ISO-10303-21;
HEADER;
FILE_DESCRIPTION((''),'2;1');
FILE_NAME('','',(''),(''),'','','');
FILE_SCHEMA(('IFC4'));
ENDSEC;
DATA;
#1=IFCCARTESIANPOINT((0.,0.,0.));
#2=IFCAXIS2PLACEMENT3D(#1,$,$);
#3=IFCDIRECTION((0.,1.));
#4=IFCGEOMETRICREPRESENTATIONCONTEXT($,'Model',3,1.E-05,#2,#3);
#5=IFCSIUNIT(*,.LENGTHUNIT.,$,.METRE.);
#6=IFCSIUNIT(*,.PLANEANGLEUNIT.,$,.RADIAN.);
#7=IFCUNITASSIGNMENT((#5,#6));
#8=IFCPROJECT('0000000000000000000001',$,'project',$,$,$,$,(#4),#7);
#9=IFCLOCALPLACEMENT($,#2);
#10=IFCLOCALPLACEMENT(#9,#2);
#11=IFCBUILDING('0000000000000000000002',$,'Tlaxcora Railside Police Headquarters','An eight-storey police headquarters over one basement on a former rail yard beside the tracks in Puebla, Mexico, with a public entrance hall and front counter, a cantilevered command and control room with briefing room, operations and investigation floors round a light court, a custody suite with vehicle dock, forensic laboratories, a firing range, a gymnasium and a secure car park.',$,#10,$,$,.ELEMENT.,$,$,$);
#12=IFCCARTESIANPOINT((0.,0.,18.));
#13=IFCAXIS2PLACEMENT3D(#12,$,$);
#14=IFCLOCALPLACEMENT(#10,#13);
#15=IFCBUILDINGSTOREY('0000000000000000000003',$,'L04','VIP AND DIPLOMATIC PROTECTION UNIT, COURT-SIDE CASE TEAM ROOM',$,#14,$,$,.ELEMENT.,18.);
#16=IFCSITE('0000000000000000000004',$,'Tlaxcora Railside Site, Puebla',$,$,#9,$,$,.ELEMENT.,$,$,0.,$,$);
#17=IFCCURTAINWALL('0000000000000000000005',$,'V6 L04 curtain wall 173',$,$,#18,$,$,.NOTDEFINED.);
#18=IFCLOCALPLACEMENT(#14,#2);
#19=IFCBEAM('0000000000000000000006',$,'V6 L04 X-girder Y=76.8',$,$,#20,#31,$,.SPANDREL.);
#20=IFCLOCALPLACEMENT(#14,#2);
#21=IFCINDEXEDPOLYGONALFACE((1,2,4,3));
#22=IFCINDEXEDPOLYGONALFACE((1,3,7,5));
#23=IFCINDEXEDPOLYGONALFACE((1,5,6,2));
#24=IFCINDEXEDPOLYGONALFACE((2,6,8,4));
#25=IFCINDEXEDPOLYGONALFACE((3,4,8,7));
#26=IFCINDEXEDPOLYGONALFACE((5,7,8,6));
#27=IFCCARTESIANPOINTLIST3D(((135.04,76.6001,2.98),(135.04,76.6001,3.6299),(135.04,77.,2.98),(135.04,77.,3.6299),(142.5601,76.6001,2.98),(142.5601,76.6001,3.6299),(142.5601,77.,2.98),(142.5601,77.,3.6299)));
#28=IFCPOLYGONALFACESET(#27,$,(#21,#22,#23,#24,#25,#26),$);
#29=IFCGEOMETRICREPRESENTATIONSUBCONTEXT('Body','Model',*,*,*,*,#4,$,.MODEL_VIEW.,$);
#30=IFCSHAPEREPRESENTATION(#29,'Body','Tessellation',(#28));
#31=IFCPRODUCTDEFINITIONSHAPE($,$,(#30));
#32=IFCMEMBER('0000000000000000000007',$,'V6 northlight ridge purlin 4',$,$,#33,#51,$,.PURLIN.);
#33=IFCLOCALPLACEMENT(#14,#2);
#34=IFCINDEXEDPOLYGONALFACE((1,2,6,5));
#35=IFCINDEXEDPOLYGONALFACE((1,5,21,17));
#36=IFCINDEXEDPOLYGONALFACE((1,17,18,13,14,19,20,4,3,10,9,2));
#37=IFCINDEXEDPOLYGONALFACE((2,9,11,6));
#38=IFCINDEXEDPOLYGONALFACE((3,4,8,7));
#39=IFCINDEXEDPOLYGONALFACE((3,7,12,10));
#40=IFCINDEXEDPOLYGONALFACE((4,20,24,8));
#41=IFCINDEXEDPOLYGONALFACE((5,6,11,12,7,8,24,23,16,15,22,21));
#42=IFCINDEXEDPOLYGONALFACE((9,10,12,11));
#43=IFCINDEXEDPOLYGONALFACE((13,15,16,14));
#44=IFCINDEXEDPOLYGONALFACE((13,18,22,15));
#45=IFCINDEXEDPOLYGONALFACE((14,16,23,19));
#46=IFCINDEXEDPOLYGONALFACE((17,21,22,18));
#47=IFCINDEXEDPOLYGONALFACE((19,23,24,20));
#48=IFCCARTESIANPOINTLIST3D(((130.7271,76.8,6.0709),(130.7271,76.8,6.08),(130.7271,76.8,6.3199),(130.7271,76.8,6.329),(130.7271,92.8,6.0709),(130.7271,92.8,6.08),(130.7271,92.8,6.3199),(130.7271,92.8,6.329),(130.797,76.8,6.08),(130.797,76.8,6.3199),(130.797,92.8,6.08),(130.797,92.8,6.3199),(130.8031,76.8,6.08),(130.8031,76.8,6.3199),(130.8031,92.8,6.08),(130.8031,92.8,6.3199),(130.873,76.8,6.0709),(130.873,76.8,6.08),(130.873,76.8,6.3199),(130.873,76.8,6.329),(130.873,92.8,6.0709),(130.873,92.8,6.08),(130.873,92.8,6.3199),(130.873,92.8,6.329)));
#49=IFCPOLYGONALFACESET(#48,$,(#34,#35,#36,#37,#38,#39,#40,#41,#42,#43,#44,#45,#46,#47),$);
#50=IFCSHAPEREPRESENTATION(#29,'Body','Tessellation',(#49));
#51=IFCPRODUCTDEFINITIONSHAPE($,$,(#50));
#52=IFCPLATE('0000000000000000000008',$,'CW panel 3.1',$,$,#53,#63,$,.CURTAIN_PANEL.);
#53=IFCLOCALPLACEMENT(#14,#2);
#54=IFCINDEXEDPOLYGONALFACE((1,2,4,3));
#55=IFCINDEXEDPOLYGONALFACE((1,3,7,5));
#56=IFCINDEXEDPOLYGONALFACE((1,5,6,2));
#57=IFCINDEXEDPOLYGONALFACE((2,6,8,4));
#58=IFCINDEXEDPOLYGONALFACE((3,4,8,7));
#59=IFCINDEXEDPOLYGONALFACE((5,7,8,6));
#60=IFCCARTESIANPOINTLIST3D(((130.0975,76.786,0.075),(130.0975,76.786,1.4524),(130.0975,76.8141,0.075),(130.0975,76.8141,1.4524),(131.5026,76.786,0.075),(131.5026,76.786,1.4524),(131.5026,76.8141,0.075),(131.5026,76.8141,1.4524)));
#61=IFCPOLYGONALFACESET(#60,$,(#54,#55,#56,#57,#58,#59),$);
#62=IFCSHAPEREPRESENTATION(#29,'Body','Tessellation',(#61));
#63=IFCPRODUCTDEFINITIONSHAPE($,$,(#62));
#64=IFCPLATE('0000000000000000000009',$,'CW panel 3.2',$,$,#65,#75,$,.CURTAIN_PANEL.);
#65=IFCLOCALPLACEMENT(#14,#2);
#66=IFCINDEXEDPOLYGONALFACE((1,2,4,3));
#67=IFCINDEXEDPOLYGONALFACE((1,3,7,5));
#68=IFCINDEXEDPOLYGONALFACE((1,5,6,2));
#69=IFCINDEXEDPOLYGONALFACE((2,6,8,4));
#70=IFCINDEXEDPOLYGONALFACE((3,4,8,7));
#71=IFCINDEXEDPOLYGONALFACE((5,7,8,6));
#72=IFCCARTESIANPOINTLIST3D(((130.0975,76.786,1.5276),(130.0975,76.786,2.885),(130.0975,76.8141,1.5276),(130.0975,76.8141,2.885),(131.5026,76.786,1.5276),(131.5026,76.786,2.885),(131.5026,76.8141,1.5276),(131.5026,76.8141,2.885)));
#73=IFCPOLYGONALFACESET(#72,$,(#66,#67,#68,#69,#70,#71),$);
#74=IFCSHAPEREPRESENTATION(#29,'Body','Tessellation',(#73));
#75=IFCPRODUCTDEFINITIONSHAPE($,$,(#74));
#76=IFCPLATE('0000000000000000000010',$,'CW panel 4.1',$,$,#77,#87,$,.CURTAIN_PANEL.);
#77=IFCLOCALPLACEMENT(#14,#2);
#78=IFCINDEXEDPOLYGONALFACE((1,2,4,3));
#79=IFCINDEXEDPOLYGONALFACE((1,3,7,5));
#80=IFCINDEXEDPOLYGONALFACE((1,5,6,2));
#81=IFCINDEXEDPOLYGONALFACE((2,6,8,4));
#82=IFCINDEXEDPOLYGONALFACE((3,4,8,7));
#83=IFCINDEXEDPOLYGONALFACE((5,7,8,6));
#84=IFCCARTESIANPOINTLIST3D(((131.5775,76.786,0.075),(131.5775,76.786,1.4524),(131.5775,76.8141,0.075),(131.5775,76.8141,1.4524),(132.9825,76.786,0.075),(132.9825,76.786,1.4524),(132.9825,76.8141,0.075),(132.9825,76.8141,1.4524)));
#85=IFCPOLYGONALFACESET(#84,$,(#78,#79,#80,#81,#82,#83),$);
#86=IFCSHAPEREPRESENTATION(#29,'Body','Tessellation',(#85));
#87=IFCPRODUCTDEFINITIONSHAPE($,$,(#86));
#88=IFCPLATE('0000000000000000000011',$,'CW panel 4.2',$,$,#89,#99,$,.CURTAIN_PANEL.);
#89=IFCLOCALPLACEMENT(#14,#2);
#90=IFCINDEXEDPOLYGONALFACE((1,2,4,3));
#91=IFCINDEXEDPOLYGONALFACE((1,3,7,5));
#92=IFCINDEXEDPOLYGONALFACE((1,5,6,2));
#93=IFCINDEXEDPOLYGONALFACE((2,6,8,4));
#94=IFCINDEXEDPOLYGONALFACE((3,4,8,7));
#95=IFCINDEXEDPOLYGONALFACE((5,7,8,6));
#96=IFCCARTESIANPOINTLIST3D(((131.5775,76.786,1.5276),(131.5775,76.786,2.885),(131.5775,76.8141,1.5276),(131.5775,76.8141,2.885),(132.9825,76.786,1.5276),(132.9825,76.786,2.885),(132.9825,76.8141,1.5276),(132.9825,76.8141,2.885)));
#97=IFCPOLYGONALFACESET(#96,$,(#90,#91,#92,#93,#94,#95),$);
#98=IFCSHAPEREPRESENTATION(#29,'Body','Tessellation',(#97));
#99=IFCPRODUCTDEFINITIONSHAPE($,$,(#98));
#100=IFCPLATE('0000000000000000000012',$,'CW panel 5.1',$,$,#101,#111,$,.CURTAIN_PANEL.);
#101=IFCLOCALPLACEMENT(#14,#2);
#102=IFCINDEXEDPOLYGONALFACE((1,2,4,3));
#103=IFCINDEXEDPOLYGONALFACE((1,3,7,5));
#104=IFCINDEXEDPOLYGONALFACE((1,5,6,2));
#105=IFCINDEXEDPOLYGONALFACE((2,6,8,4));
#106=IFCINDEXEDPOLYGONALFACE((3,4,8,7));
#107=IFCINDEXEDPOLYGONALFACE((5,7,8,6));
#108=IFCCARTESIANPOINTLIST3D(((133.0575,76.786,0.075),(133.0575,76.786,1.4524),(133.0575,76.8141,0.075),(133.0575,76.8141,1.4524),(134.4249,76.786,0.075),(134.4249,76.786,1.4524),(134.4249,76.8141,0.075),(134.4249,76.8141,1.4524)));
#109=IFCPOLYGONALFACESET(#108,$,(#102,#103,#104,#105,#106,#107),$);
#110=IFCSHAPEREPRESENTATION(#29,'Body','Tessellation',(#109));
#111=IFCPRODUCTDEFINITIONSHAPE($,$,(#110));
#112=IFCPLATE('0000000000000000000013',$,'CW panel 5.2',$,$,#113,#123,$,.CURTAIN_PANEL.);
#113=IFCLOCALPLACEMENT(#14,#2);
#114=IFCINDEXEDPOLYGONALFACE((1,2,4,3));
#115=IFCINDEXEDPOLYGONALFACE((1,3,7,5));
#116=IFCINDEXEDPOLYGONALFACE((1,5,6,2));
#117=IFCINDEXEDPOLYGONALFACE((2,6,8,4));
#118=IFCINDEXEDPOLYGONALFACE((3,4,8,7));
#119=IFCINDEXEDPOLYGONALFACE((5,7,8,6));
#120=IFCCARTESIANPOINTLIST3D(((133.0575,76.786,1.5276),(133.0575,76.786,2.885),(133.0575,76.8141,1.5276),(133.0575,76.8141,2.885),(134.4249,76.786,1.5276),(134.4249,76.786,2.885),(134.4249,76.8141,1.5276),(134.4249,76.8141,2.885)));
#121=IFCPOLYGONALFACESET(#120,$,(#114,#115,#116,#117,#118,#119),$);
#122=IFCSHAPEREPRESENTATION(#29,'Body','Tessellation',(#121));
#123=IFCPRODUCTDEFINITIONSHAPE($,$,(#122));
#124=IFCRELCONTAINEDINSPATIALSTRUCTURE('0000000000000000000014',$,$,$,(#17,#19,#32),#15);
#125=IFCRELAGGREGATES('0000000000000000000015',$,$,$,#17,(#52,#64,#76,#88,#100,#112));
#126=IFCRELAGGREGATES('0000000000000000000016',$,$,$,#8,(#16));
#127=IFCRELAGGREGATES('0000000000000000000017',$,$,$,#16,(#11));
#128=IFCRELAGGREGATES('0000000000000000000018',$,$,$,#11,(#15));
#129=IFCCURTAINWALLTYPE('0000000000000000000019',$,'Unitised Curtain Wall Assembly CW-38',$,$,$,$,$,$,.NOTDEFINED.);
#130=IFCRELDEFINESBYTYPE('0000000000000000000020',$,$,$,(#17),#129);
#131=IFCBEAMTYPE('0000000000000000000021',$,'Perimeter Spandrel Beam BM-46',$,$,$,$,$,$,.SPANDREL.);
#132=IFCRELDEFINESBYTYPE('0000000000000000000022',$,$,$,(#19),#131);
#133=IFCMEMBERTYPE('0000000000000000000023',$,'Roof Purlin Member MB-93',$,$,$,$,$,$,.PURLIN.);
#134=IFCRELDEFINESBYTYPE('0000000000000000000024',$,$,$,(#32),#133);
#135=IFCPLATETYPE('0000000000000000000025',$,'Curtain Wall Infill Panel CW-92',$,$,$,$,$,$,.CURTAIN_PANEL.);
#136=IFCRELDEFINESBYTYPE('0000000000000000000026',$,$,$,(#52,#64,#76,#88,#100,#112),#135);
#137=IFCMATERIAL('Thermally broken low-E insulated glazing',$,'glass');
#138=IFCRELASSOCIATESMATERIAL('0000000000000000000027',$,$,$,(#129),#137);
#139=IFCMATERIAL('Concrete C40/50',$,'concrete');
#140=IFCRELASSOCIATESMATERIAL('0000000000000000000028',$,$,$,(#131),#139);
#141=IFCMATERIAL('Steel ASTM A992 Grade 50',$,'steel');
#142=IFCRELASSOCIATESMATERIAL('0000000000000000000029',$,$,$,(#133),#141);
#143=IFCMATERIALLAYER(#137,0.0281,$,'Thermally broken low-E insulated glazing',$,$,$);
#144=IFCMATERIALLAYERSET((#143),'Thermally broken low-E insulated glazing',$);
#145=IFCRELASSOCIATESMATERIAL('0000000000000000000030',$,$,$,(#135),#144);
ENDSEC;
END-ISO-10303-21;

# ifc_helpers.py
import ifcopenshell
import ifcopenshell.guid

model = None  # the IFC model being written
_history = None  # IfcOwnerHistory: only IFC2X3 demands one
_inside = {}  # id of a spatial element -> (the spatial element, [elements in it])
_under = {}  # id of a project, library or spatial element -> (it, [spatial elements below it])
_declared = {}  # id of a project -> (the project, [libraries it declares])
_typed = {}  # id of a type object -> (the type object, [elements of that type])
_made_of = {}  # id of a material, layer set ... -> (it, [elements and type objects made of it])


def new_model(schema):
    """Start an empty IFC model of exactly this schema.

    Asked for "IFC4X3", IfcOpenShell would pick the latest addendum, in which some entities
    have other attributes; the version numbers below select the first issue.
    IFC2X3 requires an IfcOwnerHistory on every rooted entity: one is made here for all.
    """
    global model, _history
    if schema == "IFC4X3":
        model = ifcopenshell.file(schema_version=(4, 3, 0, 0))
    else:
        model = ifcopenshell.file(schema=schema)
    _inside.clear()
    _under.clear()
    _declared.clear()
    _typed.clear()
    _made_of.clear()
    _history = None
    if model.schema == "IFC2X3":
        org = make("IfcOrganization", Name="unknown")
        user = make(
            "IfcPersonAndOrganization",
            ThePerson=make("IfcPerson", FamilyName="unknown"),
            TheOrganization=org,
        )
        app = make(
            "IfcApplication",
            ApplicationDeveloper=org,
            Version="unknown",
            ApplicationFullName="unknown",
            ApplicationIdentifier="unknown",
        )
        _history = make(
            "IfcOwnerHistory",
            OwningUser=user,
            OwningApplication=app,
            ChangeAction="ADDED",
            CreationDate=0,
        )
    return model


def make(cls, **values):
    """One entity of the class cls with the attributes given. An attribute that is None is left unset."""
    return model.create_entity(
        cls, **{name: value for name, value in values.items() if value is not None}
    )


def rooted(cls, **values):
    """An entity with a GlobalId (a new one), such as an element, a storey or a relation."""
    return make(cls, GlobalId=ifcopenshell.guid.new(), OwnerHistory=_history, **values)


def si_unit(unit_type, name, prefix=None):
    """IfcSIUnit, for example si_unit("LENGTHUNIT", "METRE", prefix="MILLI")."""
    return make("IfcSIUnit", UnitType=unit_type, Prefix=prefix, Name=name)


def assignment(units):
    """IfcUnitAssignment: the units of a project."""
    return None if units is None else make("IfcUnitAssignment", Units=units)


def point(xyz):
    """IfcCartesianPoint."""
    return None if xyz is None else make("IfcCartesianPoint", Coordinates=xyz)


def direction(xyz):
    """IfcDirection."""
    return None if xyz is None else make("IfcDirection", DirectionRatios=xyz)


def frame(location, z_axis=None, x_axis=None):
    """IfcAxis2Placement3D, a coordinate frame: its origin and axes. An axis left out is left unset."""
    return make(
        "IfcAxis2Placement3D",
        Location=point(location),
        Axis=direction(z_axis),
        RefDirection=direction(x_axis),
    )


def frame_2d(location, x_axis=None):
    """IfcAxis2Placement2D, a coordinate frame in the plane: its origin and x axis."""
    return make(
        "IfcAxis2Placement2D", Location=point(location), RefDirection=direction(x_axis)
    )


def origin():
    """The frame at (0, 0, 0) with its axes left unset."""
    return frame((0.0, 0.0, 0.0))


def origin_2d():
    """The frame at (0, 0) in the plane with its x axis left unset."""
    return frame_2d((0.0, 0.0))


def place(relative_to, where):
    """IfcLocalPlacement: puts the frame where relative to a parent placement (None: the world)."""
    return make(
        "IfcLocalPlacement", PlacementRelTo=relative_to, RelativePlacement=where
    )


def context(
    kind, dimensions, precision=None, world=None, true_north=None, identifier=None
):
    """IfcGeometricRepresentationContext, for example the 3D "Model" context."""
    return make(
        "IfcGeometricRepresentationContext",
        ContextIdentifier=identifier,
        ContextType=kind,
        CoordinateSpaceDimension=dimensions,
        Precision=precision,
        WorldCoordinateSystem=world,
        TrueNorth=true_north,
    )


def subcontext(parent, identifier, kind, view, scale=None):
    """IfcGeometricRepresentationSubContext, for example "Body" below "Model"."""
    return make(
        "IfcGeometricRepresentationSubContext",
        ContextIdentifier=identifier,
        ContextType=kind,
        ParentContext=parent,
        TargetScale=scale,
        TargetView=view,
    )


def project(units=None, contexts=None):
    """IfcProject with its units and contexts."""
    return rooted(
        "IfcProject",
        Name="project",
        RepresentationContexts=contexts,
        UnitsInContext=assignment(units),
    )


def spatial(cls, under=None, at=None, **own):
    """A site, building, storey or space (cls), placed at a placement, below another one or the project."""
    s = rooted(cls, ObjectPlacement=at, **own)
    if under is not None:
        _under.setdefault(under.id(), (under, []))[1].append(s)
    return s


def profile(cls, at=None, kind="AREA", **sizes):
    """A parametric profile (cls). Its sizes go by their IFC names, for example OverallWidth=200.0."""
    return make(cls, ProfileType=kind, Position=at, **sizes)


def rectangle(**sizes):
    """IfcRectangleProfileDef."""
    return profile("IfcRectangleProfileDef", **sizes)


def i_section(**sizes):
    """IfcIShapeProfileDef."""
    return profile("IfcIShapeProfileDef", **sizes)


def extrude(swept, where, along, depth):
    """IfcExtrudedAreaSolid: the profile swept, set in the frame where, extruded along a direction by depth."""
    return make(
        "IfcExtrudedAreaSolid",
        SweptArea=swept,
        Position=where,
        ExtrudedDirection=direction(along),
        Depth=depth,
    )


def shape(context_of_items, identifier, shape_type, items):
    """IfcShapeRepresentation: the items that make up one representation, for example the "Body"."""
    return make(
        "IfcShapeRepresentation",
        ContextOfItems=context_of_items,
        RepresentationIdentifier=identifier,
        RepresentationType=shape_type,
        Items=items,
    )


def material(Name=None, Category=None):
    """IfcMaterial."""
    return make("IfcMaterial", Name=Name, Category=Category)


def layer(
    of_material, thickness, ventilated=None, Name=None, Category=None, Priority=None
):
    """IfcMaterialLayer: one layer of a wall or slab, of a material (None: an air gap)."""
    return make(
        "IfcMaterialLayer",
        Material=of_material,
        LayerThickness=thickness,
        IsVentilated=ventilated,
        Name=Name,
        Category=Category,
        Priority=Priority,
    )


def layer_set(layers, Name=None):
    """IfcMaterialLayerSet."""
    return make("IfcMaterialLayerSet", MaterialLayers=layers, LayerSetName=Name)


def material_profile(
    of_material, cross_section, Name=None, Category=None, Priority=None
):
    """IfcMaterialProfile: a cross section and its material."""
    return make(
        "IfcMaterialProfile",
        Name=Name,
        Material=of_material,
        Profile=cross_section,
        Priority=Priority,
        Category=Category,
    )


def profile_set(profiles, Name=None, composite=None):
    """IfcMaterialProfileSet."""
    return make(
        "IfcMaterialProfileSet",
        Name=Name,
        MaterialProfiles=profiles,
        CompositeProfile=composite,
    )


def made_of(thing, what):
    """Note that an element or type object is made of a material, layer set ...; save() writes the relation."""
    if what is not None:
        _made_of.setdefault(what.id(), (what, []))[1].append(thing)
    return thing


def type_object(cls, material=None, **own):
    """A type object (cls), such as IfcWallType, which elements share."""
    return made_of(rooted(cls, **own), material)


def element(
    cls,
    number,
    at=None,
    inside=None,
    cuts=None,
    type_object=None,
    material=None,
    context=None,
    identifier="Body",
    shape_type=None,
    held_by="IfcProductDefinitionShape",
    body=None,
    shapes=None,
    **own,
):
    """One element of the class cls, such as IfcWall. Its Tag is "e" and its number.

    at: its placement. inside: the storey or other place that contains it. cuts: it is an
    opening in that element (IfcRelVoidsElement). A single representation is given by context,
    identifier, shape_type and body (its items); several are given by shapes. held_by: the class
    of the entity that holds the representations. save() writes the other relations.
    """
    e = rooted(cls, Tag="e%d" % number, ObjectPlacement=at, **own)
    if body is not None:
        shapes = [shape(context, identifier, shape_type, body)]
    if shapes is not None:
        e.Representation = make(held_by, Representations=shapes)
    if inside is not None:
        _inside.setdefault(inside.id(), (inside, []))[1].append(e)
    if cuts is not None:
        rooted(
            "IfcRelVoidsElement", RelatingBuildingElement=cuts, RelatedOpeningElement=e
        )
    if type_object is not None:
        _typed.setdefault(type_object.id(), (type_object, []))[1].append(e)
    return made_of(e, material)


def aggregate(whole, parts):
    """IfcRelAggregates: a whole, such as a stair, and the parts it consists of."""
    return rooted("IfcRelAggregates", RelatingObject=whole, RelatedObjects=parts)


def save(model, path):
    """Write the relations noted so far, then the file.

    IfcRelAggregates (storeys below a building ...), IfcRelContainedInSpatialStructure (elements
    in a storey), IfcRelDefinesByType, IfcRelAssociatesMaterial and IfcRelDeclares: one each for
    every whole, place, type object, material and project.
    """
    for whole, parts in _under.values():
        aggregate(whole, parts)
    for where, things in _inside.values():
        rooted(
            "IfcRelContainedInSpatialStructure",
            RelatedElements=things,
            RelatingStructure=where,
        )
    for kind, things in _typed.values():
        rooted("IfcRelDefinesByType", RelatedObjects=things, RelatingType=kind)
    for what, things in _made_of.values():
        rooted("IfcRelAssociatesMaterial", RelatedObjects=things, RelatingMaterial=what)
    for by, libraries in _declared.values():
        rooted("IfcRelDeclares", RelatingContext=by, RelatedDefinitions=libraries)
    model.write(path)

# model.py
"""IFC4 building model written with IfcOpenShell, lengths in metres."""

from ifc_helpers import new_model, si_unit, direction, frame, origin, origin_2d, place, context, subcontext, project, spatial, rectangle, i_section, extrude, material, layer, layer_set, material_profile, profile_set, type_object, element, aggregate, save


model = new_model("IFC4")

# Units and contexts
model_context = context("Model", 3, precision=1e-05, world=origin(), true_north=direction((0.0, 1.0)))
body_context = subcontext(model_context, "Body", "Model", "MODEL_VIEW")
ifc_project = project(units=[si_unit("LENGTHUNIT", "METRE"), si_unit("PLANEANGLEUNIT", "RADIAN")], contexts=[model_context])

# Site, building, storey
site_placement = place(None, origin())
site = spatial("IfcSite", under=ifc_project, at=site_placement, Name="Tlaxcora Railside Site, Puebla", CompositionType="ELEMENT", RefElevation=0.0)
building_placement = place(site_placement, origin())
building = spatial("IfcBuilding", under=site, at=building_placement, Name="Tlaxcora Railside Police Headquarters", Description="An eight-storey police headquarters over one basement on a former rail yard beside the tracks in Puebla, Mexico, with a public entrance hall and front counter, a cantilevered command and control room with briefing room, operations and investigation floors round a light court, a custody suite with vehicle dock, forensic laboratories, a firing range, a gymnasium and a secure car park.", CompositionType="ELEMENT")
storey_placement = place(building_placement, frame((0.0, 0.0, 18.0)))
storey = spatial("IfcBuildingStorey", under=building, at=storey_placement, Name="L04", Description="VIP AND DIPLOMATIC PROTECTION UNIT, COURT-SIDE CASE TEAM ROOM", CompositionType="ELEMENT", Elevation=18.0)

# Shared definitions
ifc_material_1 = material(Name="Concrete C40/50", Category="concrete")

# Curtain wall
ifc_material_2 = material(Name="Thermally broken low-E insulated glazing", Category="glass")
curtain_wall_type_1 = type_object("IfcCurtainWallType", Name="Unitised Curtain Wall Assembly CW-38", PredefinedType="NOTDEFINED", material=ifc_material_2)
curtain_wall_1_placement = place(storey_placement, origin())
curtain_wall_1 = element("IfcCurtainWall", 1, at=curtain_wall_1_placement, inside=storey, type_object=curtain_wall_type_1, Name="V6 L04 curtain wall 173", PredefinedType="NOTDEFINED")

# Shared definitions
ifc_material_3 = material(Name="Steel ASTM A992 Grade 50", Category="steel")

# Beam
ifc_material_profile_1 = material_profile(ifc_material_1, rectangle(XDim=0.3999, YDim=0.6499, at=origin_2d()), Name="RC400X650")
ifc_profile_set_1 = profile_set([ifc_material_profile_1], Name="Concrete C40/50")
beam_type = type_object("IfcBeamType", Name="Perimeter Spandrel Beam BM-46", PredefinedType="SPANDREL", material=ifc_profile_set_1)
beam_placement = place(storey_placement, frame((135.04, 76.8, 3.3049), z_axis=(1.0, 0.0, 0.0), x_axis=(0.0, 1.0, 0.0)))
element("IfcBeam", 2, at=beam_placement, inside=storey, type_object=beam_type, Name="V6 L04 X-girder Y=76.8", PredefinedType="SPANDREL", context=body_context, shape_type="SweptSolid", body=[
    extrude(rectangle(XDim=0.3999, YDim=0.6499, at=origin_2d()), origin(), (0.0, 0.0, 1.0), 7.52),
])

# Member
ifc_material_profile_2 = material_profile(ifc_material_3, i_section(OverallWidth=0.146, OverallDepth=0.2581, WebThickness=0.0061, FlangeThickness=0.009, at=origin_2d()), Name="W10X22")
ifc_profile_set_2 = profile_set([ifc_material_profile_2], Name="Steel ASTM A992 Grade 50")
member_type_1 = type_object("IfcMemberType", Name="Roof Purlin Member MB-93", PredefinedType="PURLIN", material=ifc_profile_set_2)
member_1_placement = place(storey_placement, frame((130.8, 76.8, 6.2), z_axis=(0.0, 1.0, 0.0), x_axis=(-1.0, 0.0, 0.0)))
element("IfcMember", 3, at=member_1_placement, inside=storey, type_object=member_type_1, Name="V6 northlight ridge purlin 4", PredefinedType="PURLIN", context=body_context, shape_type="SweptSolid", body=[
    extrude(i_section(OverallWidth=0.146, OverallDepth=0.2581, WebThickness=0.0061, FlangeThickness=0.009, at=origin_2d()), origin(), (0.0, 0.0, 1.0), 16.0),
])

# Plates
ifc_layer = layer(ifc_material_2, 0.0281, Name="Thermally broken low-E insulated glazing")
ifc_layer_set = layer_set([ifc_layer], Name="Thermally broken low-E insulated glazing")
plate_type = type_object("IfcPlateType", Name="Curtain Wall Infill Panel CW-92", PredefinedType="CURTAIN_PANEL", material=ifc_layer_set)
plate_1_placement = place(storey_placement, frame((130.8, 76.8, 0.075), z_axis=(0.0, 0.0, 1.0), x_axis=(1.0, 0.0, 0.0)))
plate_1 = element("IfcPlate", 4, at=plate_1_placement, type_object=plate_type, Name="CW panel 3.1", PredefinedType="CURTAIN_PANEL", context=body_context, shape_type="SweptSolid", body=[
    extrude(rectangle(XDim=1.405, YDim=0.0281, at=origin_2d()), origin(), (0.0, 0.0, 1.0), 1.3774),
])
plate_2_placement = place(storey_placement, frame((130.8, 76.8, 1.5276), z_axis=(0.0, 0.0, 1.0), x_axis=(1.0, 0.0, 0.0)))
plate_2 = element("IfcPlate", 5, at=plate_2_placement, type_object=plate_type, Name="CW panel 3.2", PredefinedType="CURTAIN_PANEL", context=body_context, shape_type="SweptSolid", body=[
    extrude(rectangle(XDim=1.405, YDim=0.0281, at=origin_2d()), origin(), (0.0, 0.0, 1.0), 1.3574),
])
plate_3_placement = place(storey_placement, frame((132.28, 76.8, 0.075), z_axis=(0.0, 0.0, 1.0), x_axis=(1.0, 0.0, 0.0)))
plate_3 = element("IfcPlate", 6, at=plate_3_placement, type_object=plate_type, Name="CW panel 4.1", PredefinedType="CURTAIN_PANEL", context=body_context, shape_type="SweptSolid", body=[
    extrude(rectangle(XDim=1.405, YDim=0.0281, at=origin_2d()), origin(), (0.0, 0.0, 1.0), 1.3774),
])
plate_4_placement = place(storey_placement, frame((132.28, 76.8, 1.5276), z_axis=(0.0, 0.0, 1.0), x_axis=(1.0, 0.0, 0.0)))
plate_4 = element("IfcPlate", 7, at=plate_4_placement, type_object=plate_type, Name="CW panel 4.2", PredefinedType="CURTAIN_PANEL", context=body_context, shape_type="SweptSolid", body=[
    extrude(rectangle(XDim=1.405, YDim=0.0281, at=origin_2d()), origin(), (0.0, 0.0, 1.0), 1.3574),
])
plate_5_placement = place(storey_placement, frame((133.7412, 76.8, 0.075), z_axis=(0.0, 0.0, 1.0), x_axis=(1.0, 0.0, 0.0)))
plate_5 = element("IfcPlate", 8, at=plate_5_placement, type_object=plate_type, Name="CW panel 5.1", PredefinedType="CURTAIN_PANEL", context=body_context, shape_type="SweptSolid", body=[
    extrude(rectangle(XDim=1.3674, YDim=0.0281, at=origin_2d()), origin(), (0.0, 0.0, 1.0), 1.3774),
])
plate_6_placement = place(storey_placement, frame((133.7412, 76.8, 1.5276), z_axis=(0.0, 0.0, 1.0), x_axis=(1.0, 0.0, 0.0)))
plate_6 = element("IfcPlate", 9, at=plate_6_placement, type_object=plate_type, Name="CW panel 5.2", PredefinedType="CURTAIN_PANEL", context=body_context, shape_type="SweptSolid", body=[
    extrude(rectangle(XDim=1.3674, YDim=0.0281, at=origin_2d()), origin(), (0.0, 0.0, 1.0), 1.3574),
])
aggregate(curtain_wall_1, [plate_1, plate_2, plate_3, plate_4, plate_5, plate_6])

save(model, "model.ifc")
